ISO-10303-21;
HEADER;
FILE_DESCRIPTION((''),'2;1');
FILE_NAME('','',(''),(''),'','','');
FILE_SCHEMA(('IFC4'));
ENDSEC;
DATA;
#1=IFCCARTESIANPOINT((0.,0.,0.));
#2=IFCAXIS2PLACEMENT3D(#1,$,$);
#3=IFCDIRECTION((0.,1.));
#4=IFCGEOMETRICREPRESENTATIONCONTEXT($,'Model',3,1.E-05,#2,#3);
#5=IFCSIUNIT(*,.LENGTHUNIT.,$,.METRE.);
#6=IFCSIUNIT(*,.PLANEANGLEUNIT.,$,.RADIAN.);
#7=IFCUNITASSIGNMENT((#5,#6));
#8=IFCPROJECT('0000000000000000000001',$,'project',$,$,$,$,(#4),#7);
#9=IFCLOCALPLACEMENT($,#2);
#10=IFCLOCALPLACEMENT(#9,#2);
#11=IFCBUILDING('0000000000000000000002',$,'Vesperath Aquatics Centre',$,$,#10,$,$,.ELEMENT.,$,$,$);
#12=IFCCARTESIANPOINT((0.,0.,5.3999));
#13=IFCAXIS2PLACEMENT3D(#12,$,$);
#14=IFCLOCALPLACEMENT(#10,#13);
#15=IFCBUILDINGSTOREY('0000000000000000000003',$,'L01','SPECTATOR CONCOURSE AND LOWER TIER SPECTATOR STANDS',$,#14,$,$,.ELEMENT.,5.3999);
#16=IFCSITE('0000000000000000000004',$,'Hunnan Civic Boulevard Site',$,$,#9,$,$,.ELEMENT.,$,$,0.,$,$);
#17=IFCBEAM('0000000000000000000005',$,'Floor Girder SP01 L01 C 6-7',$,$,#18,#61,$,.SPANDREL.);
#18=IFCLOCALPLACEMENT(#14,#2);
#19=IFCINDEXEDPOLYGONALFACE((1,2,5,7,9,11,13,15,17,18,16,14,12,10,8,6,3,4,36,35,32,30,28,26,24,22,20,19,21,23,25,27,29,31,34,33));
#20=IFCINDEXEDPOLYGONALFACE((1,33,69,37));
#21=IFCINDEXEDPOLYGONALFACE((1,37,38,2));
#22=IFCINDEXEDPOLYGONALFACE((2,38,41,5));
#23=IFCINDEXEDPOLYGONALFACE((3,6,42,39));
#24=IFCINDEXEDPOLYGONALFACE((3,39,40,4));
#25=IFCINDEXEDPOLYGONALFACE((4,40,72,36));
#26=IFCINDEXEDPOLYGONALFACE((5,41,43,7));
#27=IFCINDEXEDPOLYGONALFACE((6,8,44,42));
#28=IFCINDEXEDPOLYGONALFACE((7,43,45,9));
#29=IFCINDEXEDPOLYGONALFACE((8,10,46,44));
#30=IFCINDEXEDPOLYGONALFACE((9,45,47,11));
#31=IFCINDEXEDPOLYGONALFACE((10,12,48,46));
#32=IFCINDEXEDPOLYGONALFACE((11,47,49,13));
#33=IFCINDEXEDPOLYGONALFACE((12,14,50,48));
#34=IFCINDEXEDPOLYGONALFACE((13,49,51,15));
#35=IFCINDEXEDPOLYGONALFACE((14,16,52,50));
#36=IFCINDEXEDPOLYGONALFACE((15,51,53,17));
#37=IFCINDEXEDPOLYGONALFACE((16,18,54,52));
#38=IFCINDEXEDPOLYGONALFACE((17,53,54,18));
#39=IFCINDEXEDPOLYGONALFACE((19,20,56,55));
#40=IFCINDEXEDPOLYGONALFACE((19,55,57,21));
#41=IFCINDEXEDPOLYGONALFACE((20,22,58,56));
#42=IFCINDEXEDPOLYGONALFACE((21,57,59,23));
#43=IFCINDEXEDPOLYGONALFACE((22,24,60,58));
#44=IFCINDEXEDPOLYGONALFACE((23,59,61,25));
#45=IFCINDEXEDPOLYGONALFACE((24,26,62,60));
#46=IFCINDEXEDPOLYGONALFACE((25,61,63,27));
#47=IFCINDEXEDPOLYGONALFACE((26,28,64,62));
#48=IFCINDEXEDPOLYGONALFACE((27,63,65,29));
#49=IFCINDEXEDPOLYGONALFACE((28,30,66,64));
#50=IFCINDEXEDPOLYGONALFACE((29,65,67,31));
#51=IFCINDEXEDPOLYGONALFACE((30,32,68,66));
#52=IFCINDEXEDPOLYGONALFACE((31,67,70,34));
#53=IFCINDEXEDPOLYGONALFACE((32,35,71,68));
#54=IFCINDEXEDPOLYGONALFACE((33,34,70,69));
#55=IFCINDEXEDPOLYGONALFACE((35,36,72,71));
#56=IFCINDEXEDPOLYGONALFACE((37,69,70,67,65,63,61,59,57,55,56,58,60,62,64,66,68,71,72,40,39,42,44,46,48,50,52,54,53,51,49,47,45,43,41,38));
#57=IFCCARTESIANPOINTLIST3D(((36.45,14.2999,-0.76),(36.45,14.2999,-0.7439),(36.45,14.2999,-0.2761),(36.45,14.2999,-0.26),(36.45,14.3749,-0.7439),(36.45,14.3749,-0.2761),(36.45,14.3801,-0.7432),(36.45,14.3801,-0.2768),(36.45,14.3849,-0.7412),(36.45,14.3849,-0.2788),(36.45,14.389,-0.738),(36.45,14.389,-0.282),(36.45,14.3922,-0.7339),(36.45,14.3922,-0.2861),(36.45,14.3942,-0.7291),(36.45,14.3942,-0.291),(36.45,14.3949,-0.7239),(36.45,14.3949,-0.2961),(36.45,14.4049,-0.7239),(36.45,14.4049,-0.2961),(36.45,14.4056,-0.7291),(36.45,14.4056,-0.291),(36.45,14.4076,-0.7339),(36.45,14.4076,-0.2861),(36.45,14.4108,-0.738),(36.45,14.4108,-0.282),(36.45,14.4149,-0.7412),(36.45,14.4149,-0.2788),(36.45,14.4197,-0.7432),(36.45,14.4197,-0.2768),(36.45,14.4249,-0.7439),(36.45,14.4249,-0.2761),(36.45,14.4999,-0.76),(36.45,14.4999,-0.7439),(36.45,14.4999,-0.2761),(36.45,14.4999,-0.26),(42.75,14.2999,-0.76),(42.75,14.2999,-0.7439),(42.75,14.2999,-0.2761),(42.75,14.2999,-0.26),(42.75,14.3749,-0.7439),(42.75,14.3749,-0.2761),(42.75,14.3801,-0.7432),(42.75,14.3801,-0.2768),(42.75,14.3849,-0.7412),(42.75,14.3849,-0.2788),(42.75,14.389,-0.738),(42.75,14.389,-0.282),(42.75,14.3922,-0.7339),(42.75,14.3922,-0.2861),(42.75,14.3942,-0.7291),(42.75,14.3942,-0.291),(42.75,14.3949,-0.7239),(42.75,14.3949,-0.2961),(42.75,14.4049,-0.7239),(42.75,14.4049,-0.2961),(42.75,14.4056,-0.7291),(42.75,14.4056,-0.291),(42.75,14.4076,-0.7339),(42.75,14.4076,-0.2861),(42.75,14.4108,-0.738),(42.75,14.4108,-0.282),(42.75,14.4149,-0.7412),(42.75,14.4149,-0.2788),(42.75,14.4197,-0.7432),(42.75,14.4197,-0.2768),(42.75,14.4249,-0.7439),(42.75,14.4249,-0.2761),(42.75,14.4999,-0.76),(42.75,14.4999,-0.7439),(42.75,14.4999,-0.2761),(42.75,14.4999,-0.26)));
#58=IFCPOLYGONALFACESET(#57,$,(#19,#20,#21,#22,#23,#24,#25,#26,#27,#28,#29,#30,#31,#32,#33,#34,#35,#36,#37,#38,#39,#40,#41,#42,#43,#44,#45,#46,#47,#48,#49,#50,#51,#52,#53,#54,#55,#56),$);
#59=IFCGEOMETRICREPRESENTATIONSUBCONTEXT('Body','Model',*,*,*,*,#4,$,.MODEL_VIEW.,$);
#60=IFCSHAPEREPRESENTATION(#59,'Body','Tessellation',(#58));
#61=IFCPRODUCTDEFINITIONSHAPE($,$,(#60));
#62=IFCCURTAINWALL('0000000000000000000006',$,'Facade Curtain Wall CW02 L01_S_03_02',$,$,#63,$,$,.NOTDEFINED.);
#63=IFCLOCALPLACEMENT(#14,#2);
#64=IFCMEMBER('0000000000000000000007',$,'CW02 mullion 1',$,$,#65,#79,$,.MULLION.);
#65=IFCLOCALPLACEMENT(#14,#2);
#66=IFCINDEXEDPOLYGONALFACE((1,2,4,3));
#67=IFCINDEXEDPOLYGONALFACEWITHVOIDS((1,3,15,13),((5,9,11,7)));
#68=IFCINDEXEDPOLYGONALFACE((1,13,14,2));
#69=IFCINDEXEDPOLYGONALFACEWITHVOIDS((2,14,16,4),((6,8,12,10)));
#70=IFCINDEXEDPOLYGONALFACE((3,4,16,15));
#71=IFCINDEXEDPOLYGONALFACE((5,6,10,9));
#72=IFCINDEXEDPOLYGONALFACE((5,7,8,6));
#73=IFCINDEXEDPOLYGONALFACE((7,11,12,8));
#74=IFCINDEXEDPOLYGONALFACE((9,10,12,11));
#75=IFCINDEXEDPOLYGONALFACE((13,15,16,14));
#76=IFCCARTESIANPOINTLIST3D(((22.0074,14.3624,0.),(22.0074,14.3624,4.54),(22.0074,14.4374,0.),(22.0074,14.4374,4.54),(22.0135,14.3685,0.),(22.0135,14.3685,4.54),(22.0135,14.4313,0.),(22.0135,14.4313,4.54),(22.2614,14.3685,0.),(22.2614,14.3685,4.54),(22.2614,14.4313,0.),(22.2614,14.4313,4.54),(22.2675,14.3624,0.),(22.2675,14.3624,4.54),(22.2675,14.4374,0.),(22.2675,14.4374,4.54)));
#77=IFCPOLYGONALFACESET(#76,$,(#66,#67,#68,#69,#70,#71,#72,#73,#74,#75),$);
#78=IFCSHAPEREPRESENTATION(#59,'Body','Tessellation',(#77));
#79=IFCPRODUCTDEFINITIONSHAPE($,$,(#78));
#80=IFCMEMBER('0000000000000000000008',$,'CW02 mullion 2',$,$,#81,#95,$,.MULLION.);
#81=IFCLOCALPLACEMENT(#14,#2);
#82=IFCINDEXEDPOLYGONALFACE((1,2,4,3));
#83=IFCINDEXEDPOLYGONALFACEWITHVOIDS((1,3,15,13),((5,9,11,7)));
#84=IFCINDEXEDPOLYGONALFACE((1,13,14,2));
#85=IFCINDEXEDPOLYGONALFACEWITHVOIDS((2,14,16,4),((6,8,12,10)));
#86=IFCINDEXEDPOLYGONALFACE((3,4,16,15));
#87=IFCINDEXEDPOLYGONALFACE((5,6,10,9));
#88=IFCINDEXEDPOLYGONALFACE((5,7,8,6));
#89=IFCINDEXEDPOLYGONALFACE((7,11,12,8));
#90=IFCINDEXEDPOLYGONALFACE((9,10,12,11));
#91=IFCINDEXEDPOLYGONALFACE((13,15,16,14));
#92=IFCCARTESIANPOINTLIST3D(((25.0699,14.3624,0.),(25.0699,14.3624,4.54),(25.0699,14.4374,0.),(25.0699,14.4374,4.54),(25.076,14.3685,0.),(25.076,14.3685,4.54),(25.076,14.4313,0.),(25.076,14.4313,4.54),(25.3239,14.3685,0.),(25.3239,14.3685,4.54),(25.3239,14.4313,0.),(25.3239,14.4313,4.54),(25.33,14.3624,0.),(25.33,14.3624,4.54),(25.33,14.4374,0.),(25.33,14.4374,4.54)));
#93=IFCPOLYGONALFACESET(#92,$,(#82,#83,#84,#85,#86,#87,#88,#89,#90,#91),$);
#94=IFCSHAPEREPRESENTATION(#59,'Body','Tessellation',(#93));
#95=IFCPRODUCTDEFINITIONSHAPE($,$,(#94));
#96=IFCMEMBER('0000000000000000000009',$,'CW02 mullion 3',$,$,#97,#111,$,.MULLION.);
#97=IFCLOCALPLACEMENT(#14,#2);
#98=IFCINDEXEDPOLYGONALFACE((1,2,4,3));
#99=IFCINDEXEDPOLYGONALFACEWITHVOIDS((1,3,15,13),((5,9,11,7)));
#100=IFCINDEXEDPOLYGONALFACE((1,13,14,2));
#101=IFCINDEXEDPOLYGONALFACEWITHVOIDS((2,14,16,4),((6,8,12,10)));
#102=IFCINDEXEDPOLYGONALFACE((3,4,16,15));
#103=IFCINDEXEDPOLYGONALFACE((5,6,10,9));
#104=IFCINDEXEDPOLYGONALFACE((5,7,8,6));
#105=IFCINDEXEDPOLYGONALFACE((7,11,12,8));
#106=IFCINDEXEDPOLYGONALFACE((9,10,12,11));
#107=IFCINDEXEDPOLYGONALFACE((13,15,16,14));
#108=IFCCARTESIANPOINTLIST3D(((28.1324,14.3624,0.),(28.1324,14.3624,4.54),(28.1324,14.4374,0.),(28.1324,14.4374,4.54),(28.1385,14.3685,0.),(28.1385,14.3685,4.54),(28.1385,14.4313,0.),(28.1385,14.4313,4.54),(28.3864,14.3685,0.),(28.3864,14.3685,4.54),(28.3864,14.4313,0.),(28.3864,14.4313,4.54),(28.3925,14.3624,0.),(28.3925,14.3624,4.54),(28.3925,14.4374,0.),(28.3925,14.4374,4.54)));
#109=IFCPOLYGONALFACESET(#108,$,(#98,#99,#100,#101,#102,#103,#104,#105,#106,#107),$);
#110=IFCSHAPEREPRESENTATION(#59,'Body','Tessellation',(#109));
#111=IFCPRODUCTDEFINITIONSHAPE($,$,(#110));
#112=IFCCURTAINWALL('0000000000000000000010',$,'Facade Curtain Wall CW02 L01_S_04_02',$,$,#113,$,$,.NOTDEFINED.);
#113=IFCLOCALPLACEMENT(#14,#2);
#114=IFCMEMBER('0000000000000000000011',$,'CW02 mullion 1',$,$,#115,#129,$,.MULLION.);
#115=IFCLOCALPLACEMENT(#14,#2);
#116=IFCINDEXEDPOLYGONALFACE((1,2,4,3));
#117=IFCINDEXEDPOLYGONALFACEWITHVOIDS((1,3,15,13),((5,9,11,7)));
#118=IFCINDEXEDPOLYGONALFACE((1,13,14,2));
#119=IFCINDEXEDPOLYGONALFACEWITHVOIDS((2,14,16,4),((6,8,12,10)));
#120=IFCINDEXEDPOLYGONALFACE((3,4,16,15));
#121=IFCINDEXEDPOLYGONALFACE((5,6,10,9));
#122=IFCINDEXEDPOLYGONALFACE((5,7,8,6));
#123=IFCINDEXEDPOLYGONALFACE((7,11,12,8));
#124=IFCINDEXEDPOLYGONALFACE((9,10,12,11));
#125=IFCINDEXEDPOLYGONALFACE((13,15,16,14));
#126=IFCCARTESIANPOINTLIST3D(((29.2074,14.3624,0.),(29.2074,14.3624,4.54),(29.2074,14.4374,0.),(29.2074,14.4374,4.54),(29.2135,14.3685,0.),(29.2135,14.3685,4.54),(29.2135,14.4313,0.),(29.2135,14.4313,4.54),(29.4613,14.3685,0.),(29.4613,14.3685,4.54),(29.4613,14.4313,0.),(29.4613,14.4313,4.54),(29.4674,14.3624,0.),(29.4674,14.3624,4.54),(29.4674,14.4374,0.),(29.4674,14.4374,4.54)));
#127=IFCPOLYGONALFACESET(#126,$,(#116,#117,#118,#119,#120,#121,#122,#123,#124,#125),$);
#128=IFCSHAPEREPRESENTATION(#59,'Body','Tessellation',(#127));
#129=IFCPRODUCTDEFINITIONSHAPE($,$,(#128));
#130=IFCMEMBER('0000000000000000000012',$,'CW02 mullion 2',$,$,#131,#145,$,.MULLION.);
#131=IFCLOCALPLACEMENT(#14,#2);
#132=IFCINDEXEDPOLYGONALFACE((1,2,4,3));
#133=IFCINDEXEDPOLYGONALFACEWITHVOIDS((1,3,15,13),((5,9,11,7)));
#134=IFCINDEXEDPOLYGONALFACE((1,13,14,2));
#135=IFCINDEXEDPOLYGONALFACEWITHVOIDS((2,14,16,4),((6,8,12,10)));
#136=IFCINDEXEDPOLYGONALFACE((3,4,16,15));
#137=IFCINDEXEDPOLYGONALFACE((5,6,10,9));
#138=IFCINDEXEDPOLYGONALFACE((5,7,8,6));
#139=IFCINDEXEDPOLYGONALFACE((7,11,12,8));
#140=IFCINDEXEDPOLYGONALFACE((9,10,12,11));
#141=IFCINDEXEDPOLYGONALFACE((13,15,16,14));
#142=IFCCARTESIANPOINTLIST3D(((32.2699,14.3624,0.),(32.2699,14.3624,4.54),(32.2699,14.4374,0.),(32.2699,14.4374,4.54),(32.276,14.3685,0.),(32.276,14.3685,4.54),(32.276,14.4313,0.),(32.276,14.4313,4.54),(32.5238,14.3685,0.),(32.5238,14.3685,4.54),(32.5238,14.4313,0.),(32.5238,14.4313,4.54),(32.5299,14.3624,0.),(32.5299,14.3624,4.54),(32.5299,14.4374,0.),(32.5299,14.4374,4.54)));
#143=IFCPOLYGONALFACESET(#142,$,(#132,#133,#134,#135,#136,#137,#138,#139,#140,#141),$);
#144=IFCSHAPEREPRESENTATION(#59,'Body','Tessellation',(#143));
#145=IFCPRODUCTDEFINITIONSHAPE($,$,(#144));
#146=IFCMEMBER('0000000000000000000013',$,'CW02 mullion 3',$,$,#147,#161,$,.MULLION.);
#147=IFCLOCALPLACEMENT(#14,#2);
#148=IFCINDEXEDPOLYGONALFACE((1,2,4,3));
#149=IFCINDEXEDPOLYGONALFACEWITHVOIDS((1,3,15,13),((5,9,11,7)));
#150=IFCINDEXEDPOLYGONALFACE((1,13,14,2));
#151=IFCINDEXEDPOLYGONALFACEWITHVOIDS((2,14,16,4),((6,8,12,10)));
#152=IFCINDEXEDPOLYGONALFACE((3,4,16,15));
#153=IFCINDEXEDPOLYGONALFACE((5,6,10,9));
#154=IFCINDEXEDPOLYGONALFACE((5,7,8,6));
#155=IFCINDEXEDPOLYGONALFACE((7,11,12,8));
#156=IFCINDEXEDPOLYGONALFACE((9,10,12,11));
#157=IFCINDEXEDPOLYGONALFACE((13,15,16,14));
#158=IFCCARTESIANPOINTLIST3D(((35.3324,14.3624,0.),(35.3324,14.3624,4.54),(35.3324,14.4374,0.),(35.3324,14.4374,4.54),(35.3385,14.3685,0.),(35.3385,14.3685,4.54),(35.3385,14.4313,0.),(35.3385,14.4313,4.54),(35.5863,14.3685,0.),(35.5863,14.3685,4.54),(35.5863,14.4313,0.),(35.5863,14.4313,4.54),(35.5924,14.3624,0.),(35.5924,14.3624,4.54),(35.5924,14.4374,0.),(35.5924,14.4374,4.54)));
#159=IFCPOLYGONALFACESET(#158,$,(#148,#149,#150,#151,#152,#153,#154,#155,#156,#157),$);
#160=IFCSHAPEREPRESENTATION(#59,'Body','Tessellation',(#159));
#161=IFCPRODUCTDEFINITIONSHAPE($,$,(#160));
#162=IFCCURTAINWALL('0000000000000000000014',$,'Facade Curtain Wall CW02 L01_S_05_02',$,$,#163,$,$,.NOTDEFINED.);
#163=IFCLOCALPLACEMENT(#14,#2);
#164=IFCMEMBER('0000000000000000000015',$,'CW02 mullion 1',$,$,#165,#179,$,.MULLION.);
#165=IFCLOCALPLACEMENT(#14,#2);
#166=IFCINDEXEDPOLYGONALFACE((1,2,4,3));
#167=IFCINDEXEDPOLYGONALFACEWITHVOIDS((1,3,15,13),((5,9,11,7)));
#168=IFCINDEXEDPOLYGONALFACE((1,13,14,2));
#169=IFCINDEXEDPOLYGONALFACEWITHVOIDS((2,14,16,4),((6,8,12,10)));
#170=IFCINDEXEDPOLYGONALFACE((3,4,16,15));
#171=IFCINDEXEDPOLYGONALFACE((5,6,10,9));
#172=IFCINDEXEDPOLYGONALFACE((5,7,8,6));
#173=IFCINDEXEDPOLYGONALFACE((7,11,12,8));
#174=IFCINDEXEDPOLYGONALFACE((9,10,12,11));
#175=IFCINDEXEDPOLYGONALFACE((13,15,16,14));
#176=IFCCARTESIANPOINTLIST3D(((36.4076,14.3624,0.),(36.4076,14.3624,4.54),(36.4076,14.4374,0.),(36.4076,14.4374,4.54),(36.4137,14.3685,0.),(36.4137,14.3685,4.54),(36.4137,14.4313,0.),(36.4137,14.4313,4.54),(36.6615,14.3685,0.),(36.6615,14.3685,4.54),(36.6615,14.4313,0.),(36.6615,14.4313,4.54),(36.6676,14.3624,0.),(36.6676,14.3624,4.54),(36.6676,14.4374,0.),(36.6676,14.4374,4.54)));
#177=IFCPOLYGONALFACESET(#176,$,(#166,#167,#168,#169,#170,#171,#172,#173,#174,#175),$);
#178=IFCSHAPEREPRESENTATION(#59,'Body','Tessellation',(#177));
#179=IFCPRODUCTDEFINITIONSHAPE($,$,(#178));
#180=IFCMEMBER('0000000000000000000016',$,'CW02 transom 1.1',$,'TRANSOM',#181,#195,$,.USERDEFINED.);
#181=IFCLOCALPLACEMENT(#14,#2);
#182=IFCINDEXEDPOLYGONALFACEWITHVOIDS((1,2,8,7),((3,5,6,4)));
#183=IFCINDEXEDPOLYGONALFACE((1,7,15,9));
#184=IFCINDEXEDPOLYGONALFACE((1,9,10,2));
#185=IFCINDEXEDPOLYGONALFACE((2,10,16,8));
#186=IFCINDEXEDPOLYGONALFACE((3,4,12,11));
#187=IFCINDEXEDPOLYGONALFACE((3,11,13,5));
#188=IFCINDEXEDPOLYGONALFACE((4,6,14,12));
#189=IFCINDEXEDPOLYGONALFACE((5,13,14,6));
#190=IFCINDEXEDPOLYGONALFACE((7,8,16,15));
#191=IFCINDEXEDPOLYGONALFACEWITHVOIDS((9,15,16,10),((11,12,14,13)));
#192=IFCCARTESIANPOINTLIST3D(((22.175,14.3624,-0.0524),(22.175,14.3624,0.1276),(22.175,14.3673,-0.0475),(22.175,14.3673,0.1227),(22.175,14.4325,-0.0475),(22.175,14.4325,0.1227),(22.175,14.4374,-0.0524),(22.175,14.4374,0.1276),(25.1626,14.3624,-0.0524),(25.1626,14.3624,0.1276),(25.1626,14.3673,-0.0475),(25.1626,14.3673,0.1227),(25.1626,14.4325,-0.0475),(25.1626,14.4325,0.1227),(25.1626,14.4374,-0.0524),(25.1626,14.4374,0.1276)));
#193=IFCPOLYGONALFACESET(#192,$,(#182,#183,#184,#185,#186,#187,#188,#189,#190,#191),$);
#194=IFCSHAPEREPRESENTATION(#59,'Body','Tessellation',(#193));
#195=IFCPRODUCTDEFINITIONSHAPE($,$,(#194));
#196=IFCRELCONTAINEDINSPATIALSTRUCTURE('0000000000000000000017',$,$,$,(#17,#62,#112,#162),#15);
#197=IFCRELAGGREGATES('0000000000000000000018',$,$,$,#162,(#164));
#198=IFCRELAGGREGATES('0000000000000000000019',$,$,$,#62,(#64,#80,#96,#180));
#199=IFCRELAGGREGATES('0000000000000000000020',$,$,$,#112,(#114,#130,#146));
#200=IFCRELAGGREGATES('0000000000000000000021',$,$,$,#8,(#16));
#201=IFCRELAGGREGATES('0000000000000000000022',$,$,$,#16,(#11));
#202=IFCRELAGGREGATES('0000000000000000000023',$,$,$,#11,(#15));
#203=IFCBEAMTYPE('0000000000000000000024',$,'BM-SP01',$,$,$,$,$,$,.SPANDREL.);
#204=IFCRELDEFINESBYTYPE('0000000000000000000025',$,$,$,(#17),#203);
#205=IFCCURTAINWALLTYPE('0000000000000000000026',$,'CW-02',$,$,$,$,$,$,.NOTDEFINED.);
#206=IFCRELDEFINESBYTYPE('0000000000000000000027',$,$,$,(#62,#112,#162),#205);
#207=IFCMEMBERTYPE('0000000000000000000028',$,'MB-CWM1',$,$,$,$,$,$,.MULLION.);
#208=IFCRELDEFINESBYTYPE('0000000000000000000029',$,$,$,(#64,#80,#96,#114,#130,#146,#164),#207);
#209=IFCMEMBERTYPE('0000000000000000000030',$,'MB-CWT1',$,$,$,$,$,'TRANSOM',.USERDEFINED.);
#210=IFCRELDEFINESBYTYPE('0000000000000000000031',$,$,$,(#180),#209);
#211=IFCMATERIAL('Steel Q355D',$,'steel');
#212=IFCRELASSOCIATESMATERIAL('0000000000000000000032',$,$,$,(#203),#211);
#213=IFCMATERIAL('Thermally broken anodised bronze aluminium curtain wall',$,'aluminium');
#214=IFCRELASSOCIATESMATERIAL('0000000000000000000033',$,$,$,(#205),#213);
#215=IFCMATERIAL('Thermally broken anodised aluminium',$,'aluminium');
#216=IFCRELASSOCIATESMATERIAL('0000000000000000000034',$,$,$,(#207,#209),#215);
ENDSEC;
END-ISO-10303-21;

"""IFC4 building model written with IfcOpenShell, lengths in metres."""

from ifc_helpers import new_model, si_unit, direction, frame, origin, origin_2d, place, context, subcontext, project, spatial, hollow_rectangle, i_section, extrude, material, material_profile, profile_set, type_object, element, aggregate, save


model = new_model("IFC4")

# Units and contexts
model_context = context("Model", 3, precision=1e-05, world=origin(), true_north=direction((0.0, 1.0)))
body_context = subcontext(model_context, "Body", "Model", "MODEL_VIEW")
ifc_project = project(units=[si_unit("LENGTHUNIT", "METRE"), si_unit("PLANEANGLEUNIT", "RADIAN")], contexts=[model_context])

# Site, building, storey
site_placement = place(None, origin())
site = spatial("IfcSite", under=ifc_project, at=site_placement, Name="Hunnan Civic Boulevard Site", CompositionType="ELEMENT", RefElevation=0.0)
building_placement = place(site_placement, origin())
building = spatial("IfcBuilding", under=site, at=building_placement, Name="Vesperath Aquatics Centre", CompositionType="ELEMENT")
storey_placement = place(building_placement, frame((0.0, 0.0, 5.3999)))
storey = spatial("IfcBuildingStorey", under=building, at=storey_placement, Name="L01", Description="SPECTATOR CONCOURSE AND LOWER TIER SPECTATOR STANDS", CompositionType="ELEMENT", Elevation=5.3999)

# Beam
ifc_material_1 = material(Name="Steel Q355D", Category="steel")
ifc_material_profile_1 = material_profile(ifc_material_1, i_section(OverallWidth=0.2, OverallDepth=0.5, WebThickness=0.01, FlangeThickness=0.0161, FilletRadius=0.02, at=origin_2d()), Name="HN 500x200x10x16")
ifc_profile_set_1 = profile_set([ifc_material_profile_1], Name="Steel Q355D")
beam_type_1 = type_object("IfcBeamType", Name="BM-SP01", PredefinedType="SPANDREL", material=ifc_profile_set_1)
for number, where, z_axis, x_axis, name in (
    (1, (36.45, 14.3999, -0.51), (1.0, 0.0, 0.0), (0.0, 1.0, 0.0), "Floor Girder SP01 L01 C 6-7"),
):
    element("IfcBeam", number, at=place(storey_placement, frame(where, z_axis=z_axis, x_axis=x_axis)), inside=storey, type_object=beam_type_1, Name=name, PredefinedType="SPANDREL", context=body_context, shape_type="SweptSolid", body=[
        extrude(i_section(OverallWidth=0.2, OverallDepth=0.5, WebThickness=0.01, FlangeThickness=0.0161, FilletRadius=0.02, at=origin_2d()), origin(), (0.0, 0.0, 1.0), 6.3),
    ])

# Curtain walls, members
ifc_material_2 = material(Name="Thermally broken anodised bronze aluminium curtain wall", Category="aluminium")
curtain_wall_type = type_object("IfcCurtainWallType", Name="CW-02", PredefinedType="NOTDEFINED", material=ifc_material_2)
curtain_wall_1_placement = place(storey_placement, origin())
curtain_wall_1 = element("IfcCurtainWall", 2, at=curtain_wall_1_placement, inside=storey, type_object=curtain_wall_type, Name="Facade Curtain Wall CW02 L01_S_03_02", PredefinedType="NOTDEFINED")
ifc_material_3 = material(Name="Thermally broken anodised aluminium", Category="aluminium")
ifc_material_profile_2 = material_profile(ifc_material_3, hollow_rectangle(XDim=0.075, YDim=0.26, WallThickness=0.0061, at=origin_2d()), Name="CWM 75x260x6")
ifc_profile_set_2 = profile_set([ifc_material_profile_2], Name="Thermally broken anodised aluminium")
member_type_1 = type_object("IfcMemberType", Name="MB-CWM1", PredefinedType="MULLION", material=ifc_profile_set_2)
member_1_placement = place(storey_placement, frame((22.1375, 14.3999, 0.0), z_axis=(0.0, 0.0, 1.0), x_axis=(0.0, 1.0, 0.0)))
member_1 = element("IfcMember", 3, at=member_1_placement, type_object=member_type_1, Name="CW02 mullion 1", PredefinedType="MULLION", context=body_context, shape_type="SweptSolid", body=[
    extrude(hollow_rectangle(XDim=0.075, YDim=0.26, WallThickness=0.0061, at=origin_2d()), origin(), (0.0, 0.0, 1.0), 4.54),
])
member_2_placement = place(storey_placement, frame((25.2, 14.3999, 0.0), z_axis=(0.0, 0.0, 1.0), x_axis=(0.0, 1.0, 0.0)))
member_2 = element("IfcMember", 4, at=member_2_placement, type_object=member_type_1, Name="CW02 mullion 2", PredefinedType="MULLION", context=body_context, shape_type="SweptSolid", body=[
    extrude(hollow_rectangle(XDim=0.075, YDim=0.26, WallThickness=0.0061, at=origin_2d()), origin(), (0.0, 0.0, 1.0), 4.54),
])
member_3_placement = place(storey_placement, frame((28.2625, 14.3999, 0.0), z_axis=(0.0, 0.0, 1.0), x_axis=(0.0, 1.0, 0.0)))
member_3 = element("IfcMember", 5, at=member_3_placement, type_object=member_type_1, Name="CW02 mullion 3", PredefinedType="MULLION", context=body_context, shape_type="SweptSolid", body=[
    extrude(hollow_rectangle(XDim=0.075, YDim=0.26, WallThickness=0.0061, at=origin_2d()), origin(), (0.0, 0.0, 1.0), 4.54),
])
curtain_wall_2_placement = place(storey_placement, origin())
curtain_wall_2 = element("IfcCurtainWall", 6, at=curtain_wall_2_placement, inside=storey, type_object=curtain_wall_type, Name="Facade Curtain Wall CW02 L01_S_04_02", PredefinedType="NOTDEFINED")
member_4_placement = place(storey_placement, frame((29.3374, 14.3999, 0.0), z_axis=(0.0, 0.0, 1.0), x_axis=(0.0, 1.0, 0.0)))
member_4 = element("IfcMember", 7, at=member_4_placement, type_object=member_type_1, Name="CW02 mullion 1", PredefinedType="MULLION", context=body_context, shape_type="SweptSolid", body=[
    extrude(hollow_rectangle(XDim=0.075, YDim=0.26, WallThickness=0.0061, at=origin_2d()), origin(), (0.0, 0.0, 1.0), 4.54),
])
member_5_placement = place(storey_placement, frame((32.3999, 14.3999, 0.0), z_axis=(0.0, 0.0, 1.0), x_axis=(0.0, 1.0, 0.0)))
member_5 = element("IfcMember", 8, at=member_5_placement, type_object=member_type_1, Name="CW02 mullion 2", PredefinedType="MULLION", context=body_context, shape_type="SweptSolid", body=[
    extrude(hollow_rectangle(XDim=0.075, YDim=0.26, WallThickness=0.0061, at=origin_2d()), origin(), (0.0, 0.0, 1.0), 4.54),
])
member_6_placement = place(storey_placement, frame((35.4624, 14.3999, 0.0), z_axis=(0.0, 0.0, 1.0), x_axis=(0.0, 1.0, 0.0)))
member_6 = element("IfcMember", 9, at=member_6_placement, type_object=member_type_1, Name="CW02 mullion 3", PredefinedType="MULLION", context=body_context, shape_type="SweptSolid", body=[
    extrude(hollow_rectangle(XDim=0.075, YDim=0.26, WallThickness=0.0061, at=origin_2d()), origin(), (0.0, 0.0, 1.0), 4.54),
])

# Curtain wall, member
curtain_wall_3_placement = place(storey_placement, origin())
curtain_wall_3 = element("IfcCurtainWall", 10, at=curtain_wall_3_placement, inside=storey, type_object=curtain_wall_type, Name="Facade Curtain Wall CW02 L01_S_05_02", PredefinedType="NOTDEFINED")
member_7_placement = place(storey_placement, frame((36.5376, 14.3999, 0.0), z_axis=(0.0, 0.0, 1.0), x_axis=(0.0, 1.0, 0.0)))
member_7 = element("IfcMember", 11, at=member_7_placement, type_object=member_type_1, Name="CW02 mullion 1", PredefinedType="MULLION", context=body_context, shape_type="SweptSolid", body=[
    extrude(hollow_rectangle(XDim=0.075, YDim=0.26, WallThickness=0.0061, at=origin_2d()), origin(), (0.0, 0.0, 1.0), 4.54),
])

# Member
ifc_material_profile_3 = material_profile(ifc_material_3, hollow_rectangle(XDim=0.075, YDim=0.1799, WallThickness=0.0049, at=origin_2d()), Name="CWT 75x180x5")
ifc_profile_set_3 = profile_set([ifc_material_profile_3], Name="Thermally broken anodised aluminium")
member_type_2 = type_object("IfcMemberType", Name="MB-CWT1", ElementType="TRANSOM", PredefinedType="USERDEFINED", material=ifc_profile_set_3)
member_8_placement = place(storey_placement, frame((22.175, 14.3999, 0.0376), z_axis=(1.0, 0.0, 0.0), x_axis=(0.0, 1.0, 0.0)))
member_8 = element("IfcMember", 12, at=member_8_placement, type_object=member_type_2, Name="CW02 transom 1.1", ObjectType="TRANSOM", PredefinedType="USERDEFINED", context=body_context, shape_type="SweptSolid", body=[
    extrude(hollow_rectangle(XDim=0.075, YDim=0.1799, WallThickness=0.0049, at=origin_2d()), origin(), (0.0, 0.0, 1.0), 2.9875),
])
aggregate(curtain_wall_3, [member_7])

aggregate(curtain_wall_1, [member_1, member_2, member_3, member_8])
aggregate(curtain_wall_2, [member_4, member_5, member_6])

save(model, "model.ifc")
